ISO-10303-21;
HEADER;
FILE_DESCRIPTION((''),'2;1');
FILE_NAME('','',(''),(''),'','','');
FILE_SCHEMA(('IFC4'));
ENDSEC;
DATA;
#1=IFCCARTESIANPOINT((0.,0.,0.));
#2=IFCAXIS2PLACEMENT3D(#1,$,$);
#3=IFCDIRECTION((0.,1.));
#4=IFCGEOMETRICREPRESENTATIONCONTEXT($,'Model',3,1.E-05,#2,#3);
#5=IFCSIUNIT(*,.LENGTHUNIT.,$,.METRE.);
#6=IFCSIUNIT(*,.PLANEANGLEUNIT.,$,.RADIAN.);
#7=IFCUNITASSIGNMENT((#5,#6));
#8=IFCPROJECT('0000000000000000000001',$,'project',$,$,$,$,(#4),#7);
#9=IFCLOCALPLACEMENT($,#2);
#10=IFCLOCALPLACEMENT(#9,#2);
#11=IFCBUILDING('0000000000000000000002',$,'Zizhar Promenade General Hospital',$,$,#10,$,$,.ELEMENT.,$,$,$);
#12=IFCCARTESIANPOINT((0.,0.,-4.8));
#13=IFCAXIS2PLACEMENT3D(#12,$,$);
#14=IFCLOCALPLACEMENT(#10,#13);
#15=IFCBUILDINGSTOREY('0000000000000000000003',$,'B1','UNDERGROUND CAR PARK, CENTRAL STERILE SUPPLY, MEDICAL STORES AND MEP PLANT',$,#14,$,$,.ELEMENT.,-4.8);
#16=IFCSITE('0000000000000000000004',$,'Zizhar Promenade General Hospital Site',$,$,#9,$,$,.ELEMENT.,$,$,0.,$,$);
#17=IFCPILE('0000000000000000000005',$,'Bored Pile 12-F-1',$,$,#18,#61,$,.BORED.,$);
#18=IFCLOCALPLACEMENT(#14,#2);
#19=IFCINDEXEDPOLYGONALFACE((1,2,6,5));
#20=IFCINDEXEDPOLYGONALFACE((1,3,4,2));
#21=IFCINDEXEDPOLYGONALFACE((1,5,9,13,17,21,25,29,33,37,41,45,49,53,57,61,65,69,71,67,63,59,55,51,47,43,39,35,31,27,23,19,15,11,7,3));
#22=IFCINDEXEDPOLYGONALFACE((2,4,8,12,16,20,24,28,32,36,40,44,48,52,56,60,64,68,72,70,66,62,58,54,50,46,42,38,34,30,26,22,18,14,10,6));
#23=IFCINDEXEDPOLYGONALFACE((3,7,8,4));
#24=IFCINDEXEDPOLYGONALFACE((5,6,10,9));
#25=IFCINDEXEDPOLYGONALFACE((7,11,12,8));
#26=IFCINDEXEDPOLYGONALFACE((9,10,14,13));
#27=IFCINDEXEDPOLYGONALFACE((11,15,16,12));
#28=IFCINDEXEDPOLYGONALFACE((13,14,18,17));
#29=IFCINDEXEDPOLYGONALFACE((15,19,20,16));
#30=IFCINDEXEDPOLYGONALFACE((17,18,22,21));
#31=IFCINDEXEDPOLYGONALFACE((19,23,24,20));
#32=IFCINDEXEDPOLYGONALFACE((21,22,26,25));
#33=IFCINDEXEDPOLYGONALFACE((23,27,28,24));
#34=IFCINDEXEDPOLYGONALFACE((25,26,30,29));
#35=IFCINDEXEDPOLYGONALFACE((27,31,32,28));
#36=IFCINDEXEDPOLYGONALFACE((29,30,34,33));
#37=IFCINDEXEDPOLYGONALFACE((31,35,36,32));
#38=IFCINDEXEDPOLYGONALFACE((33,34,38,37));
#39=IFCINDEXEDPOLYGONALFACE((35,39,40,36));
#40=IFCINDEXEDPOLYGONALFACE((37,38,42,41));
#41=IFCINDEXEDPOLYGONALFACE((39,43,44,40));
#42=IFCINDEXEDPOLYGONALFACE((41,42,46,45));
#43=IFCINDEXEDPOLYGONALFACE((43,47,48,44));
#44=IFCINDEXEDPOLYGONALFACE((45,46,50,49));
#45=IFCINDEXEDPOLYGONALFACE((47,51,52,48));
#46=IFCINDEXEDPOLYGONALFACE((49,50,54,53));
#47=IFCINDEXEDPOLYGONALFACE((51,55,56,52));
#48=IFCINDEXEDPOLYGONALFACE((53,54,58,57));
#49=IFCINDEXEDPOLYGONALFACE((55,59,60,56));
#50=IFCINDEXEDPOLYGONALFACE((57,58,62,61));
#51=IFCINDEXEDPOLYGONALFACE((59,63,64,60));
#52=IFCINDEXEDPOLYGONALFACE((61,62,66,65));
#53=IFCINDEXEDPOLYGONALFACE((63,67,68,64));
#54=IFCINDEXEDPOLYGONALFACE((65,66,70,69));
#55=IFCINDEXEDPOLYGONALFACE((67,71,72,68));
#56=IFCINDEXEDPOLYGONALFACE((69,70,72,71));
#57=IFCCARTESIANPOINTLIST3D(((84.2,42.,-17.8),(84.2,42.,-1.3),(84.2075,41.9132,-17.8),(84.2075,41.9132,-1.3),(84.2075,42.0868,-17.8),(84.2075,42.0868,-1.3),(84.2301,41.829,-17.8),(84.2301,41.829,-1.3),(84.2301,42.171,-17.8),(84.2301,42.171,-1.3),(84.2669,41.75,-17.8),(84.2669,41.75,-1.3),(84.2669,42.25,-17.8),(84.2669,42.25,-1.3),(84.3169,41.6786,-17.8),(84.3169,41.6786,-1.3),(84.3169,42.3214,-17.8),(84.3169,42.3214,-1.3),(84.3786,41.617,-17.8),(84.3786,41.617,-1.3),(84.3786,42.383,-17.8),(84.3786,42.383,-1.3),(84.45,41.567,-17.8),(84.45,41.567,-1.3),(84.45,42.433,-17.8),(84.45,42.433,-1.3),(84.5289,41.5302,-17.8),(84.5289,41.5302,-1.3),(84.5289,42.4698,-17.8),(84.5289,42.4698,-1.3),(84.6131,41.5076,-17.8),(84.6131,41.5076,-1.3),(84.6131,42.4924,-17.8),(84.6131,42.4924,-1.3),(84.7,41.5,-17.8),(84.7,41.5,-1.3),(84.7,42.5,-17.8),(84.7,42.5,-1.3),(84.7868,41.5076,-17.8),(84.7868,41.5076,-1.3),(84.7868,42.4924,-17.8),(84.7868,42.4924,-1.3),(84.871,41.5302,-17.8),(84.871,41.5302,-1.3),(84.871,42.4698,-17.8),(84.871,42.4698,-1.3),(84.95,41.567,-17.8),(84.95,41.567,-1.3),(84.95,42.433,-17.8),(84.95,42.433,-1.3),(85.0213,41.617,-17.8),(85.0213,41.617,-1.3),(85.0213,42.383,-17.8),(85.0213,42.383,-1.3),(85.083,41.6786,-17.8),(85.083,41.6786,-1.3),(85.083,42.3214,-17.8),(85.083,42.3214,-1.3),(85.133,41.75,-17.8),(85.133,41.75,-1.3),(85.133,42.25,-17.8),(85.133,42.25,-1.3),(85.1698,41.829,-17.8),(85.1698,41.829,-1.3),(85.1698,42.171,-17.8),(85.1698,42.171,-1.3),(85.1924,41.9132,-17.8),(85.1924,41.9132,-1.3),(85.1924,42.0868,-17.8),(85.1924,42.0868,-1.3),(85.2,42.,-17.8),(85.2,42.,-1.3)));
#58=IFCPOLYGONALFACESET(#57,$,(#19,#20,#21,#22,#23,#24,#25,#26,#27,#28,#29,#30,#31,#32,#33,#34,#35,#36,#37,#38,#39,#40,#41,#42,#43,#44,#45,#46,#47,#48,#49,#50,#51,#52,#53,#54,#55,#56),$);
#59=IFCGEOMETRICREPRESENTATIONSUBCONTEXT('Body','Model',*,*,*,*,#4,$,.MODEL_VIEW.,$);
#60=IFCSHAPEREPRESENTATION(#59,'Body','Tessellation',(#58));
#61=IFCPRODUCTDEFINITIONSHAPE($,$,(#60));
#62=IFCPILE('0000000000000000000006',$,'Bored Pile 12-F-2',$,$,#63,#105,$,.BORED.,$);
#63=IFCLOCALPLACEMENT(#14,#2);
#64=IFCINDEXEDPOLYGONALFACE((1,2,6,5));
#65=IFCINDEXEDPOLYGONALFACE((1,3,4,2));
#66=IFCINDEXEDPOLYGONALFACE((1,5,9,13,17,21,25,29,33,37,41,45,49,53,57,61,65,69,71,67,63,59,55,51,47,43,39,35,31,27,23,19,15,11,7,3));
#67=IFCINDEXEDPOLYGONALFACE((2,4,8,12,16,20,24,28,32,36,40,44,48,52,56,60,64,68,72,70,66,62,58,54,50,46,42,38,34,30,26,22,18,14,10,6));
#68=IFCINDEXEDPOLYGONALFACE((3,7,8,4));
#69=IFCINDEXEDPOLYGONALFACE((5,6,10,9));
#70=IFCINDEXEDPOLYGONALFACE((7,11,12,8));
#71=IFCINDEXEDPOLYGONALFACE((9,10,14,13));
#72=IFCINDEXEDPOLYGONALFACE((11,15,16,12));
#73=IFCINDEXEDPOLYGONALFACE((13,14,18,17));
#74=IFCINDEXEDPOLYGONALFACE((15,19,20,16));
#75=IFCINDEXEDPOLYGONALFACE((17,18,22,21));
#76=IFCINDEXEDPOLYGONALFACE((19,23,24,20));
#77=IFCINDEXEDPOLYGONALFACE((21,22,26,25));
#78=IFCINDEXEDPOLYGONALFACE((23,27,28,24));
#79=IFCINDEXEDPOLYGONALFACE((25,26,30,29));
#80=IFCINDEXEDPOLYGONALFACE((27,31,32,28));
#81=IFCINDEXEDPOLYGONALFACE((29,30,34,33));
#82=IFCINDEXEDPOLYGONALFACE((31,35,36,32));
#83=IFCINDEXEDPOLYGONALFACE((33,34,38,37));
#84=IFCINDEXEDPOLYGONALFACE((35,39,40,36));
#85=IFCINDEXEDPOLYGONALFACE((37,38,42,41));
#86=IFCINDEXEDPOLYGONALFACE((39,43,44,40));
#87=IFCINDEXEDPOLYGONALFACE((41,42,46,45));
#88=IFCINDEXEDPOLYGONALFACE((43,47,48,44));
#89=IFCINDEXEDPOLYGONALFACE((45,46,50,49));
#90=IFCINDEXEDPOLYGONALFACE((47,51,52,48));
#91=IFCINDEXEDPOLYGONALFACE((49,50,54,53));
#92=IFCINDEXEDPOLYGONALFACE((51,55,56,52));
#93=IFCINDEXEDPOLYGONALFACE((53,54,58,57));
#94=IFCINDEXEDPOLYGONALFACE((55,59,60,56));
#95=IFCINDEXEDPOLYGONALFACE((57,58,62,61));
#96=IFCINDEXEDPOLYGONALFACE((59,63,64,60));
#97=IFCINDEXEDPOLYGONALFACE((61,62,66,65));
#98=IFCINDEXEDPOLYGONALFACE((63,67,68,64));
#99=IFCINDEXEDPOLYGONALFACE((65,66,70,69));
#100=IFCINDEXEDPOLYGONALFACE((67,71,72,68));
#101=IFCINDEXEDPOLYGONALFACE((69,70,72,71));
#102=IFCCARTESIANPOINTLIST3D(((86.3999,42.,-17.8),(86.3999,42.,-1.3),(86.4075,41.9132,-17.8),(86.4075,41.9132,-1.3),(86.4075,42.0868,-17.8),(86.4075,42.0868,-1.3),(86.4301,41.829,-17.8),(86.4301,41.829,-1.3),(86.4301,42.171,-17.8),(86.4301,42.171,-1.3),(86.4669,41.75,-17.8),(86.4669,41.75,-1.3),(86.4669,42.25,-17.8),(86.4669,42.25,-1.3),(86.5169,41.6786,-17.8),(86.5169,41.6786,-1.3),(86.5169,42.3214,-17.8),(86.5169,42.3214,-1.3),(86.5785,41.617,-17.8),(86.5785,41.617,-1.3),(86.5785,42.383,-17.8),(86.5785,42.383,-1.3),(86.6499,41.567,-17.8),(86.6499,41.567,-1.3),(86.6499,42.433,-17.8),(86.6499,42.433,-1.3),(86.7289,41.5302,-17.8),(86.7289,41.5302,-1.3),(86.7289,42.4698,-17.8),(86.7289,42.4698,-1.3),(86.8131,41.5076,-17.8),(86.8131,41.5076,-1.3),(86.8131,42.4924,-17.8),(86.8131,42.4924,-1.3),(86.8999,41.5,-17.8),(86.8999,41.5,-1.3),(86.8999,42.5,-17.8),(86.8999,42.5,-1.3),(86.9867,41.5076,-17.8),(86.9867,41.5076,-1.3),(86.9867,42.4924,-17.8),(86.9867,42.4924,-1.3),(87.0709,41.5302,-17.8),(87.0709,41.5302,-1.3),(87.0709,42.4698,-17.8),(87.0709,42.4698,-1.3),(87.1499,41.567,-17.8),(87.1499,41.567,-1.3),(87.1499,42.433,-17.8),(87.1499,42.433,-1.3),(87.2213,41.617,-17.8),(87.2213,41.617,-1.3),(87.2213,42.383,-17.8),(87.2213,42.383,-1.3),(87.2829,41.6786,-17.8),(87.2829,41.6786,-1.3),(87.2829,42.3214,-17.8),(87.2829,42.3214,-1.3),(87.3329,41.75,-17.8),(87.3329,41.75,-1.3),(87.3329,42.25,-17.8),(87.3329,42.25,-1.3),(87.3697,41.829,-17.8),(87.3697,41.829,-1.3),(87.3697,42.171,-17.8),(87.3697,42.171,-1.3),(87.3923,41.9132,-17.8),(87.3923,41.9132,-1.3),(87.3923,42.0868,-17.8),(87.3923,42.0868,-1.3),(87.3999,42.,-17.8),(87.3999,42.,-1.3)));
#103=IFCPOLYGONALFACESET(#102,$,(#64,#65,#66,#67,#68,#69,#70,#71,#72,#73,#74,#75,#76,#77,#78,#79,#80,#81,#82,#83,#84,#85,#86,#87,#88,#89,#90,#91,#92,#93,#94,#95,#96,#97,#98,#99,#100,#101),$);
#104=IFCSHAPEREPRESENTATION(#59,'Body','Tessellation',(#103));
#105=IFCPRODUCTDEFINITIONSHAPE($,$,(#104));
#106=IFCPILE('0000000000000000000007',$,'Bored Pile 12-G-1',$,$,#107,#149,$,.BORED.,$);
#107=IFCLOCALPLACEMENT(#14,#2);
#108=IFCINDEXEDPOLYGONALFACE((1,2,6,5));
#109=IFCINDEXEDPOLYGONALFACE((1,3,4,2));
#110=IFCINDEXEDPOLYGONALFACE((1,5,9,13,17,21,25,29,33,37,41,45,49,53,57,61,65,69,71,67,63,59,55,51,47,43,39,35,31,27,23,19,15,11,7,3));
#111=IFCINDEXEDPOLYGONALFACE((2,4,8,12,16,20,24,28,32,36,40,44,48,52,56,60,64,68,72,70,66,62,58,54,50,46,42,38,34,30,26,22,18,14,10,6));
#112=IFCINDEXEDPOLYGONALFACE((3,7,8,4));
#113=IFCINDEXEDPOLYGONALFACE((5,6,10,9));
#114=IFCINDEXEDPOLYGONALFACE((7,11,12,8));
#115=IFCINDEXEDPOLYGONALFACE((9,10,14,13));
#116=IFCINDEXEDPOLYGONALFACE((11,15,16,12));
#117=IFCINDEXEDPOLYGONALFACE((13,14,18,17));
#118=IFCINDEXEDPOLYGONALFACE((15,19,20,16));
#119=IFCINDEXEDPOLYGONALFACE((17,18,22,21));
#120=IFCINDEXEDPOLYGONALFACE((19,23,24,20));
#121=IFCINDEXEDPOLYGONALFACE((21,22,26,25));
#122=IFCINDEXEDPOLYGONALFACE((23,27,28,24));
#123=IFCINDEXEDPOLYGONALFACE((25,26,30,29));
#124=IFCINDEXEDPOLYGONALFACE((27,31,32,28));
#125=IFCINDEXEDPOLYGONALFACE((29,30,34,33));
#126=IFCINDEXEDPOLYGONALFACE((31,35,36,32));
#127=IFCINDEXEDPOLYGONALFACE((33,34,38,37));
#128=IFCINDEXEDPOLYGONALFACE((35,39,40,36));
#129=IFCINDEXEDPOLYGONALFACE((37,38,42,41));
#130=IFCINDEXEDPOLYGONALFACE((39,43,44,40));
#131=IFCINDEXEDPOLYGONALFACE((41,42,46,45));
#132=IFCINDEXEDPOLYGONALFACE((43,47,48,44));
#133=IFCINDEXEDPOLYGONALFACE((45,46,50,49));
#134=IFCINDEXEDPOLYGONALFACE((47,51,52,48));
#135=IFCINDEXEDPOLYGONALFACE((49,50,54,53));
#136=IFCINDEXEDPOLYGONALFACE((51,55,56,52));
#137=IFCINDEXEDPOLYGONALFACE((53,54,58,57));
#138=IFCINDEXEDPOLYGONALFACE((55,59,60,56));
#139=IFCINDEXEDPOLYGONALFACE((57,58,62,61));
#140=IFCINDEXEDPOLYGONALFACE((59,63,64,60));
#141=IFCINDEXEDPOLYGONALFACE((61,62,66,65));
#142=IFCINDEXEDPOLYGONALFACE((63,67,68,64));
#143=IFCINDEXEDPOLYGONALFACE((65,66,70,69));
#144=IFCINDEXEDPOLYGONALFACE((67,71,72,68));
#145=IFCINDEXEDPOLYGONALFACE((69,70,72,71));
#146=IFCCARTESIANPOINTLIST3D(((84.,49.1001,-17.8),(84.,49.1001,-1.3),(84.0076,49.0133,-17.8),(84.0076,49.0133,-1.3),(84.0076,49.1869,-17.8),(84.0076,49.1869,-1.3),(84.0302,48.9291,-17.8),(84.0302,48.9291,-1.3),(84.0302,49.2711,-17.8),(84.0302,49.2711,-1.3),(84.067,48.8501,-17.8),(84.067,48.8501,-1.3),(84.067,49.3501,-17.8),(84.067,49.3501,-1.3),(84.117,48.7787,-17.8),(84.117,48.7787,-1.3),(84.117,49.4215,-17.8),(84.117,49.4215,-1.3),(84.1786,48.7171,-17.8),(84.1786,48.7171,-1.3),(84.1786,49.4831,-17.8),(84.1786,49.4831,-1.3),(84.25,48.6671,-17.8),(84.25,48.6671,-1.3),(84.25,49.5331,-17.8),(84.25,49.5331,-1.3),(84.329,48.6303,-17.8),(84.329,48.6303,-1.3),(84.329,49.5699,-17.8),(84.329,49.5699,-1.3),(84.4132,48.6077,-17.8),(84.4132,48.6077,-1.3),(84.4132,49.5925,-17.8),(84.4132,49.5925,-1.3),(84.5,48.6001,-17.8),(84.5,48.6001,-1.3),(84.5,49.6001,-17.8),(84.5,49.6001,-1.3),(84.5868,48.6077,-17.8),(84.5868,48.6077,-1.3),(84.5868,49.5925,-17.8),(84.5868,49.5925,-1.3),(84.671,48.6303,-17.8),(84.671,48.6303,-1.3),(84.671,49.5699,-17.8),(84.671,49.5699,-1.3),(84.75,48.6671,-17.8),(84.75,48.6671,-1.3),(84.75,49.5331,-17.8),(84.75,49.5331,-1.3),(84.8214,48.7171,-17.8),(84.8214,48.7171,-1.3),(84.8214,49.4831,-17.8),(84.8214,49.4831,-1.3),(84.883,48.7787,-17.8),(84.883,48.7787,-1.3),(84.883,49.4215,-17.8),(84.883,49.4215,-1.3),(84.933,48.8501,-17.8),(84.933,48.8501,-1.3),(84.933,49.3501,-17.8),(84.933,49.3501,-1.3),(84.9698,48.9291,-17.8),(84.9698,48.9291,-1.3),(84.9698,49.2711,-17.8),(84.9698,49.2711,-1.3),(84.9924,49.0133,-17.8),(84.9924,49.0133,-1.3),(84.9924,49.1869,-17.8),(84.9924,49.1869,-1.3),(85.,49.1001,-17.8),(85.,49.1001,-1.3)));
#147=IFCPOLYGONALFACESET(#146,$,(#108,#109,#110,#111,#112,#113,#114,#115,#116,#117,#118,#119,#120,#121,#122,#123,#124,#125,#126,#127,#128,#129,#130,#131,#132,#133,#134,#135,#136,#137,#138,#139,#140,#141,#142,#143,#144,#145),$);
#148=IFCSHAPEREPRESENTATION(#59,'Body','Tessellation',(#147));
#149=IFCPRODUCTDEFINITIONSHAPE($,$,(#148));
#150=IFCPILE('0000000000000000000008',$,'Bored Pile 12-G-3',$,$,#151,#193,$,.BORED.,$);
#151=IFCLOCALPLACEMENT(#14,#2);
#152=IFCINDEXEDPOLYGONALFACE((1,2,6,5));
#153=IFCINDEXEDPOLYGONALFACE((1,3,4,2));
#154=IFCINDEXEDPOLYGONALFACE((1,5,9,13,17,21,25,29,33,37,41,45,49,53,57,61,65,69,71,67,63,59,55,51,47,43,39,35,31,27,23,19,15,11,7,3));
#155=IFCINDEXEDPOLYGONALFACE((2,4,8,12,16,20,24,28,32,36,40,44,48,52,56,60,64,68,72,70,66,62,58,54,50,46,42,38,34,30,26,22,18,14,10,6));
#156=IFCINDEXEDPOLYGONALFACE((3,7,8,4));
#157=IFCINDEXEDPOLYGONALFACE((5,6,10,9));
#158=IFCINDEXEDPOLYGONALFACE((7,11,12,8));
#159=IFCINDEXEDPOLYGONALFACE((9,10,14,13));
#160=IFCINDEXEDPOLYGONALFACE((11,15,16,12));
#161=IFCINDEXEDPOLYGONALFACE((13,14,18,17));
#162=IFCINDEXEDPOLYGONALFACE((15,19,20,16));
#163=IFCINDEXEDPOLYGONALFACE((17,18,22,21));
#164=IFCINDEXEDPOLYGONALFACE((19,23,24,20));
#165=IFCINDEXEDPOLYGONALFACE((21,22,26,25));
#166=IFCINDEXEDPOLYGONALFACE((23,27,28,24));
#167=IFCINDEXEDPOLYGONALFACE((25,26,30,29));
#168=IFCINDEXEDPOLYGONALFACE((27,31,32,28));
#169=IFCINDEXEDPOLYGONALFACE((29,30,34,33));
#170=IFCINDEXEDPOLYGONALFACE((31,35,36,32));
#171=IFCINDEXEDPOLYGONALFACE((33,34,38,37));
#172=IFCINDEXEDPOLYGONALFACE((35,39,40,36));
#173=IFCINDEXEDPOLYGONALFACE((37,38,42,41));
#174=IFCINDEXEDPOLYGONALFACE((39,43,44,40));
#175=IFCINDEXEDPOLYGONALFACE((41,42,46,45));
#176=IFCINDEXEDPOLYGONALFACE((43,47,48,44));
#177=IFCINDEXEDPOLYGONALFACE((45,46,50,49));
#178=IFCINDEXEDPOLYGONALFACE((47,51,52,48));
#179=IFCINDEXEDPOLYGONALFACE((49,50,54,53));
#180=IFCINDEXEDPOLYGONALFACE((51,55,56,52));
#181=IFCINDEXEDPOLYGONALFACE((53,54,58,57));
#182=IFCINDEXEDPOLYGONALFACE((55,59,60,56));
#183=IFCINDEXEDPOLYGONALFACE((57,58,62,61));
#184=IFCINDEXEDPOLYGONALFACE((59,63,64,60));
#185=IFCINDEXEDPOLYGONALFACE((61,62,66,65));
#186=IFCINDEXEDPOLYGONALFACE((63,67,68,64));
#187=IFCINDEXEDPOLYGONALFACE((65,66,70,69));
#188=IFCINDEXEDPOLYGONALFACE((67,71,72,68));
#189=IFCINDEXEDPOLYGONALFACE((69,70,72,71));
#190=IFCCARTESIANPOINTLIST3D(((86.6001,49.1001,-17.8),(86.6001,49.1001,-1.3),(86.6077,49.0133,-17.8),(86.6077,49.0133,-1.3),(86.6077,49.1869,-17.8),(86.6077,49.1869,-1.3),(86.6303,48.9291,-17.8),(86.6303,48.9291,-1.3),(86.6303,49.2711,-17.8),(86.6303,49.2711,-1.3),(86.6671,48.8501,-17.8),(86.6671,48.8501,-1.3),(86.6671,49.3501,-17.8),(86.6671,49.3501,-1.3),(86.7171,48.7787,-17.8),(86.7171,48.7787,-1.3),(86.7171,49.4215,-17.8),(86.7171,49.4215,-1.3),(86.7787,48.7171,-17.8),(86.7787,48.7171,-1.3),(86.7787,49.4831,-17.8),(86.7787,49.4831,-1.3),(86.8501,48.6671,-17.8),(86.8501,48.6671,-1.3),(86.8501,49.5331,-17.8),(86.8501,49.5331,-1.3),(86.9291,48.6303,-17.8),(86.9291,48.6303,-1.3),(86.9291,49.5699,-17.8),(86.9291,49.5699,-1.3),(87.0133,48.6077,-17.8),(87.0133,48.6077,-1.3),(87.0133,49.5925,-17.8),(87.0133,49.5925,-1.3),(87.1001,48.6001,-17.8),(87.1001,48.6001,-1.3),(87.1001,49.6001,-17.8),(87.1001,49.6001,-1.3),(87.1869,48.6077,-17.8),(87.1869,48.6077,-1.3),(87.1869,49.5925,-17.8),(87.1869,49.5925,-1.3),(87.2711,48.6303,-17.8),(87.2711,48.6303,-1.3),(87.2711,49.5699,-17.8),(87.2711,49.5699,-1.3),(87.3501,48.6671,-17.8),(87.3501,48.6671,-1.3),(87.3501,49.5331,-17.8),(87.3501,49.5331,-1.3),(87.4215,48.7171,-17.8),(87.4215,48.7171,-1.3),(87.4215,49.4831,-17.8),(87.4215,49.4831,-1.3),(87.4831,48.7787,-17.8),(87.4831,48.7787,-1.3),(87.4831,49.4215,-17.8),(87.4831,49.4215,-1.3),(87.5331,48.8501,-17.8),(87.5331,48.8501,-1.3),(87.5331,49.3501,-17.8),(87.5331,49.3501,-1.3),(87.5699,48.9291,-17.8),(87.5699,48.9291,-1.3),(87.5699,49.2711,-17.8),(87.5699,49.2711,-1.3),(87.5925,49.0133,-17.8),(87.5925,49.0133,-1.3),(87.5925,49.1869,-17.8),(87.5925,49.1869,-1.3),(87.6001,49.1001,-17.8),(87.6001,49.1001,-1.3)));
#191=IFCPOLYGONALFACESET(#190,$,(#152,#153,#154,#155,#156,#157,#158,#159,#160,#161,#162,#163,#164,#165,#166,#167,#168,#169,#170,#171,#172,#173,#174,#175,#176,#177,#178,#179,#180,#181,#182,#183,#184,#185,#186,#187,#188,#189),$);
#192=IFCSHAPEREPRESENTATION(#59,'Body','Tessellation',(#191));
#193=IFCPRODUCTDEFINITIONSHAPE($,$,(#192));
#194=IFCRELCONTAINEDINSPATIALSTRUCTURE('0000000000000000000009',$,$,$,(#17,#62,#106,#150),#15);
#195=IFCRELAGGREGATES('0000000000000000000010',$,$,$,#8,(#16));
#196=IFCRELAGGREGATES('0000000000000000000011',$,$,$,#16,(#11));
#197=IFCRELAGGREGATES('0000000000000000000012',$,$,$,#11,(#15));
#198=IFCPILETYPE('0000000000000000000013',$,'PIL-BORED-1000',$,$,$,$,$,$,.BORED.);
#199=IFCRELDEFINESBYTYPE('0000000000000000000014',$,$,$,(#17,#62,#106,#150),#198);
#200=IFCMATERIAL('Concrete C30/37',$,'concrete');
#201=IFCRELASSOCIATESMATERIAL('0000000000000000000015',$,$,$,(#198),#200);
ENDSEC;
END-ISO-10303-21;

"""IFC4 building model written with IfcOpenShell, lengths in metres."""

from ifc_helpers import new_model, si_unit, direction, frame, origin, origin_2d, place, context, subcontext, project, spatial, circle, extrude, material, material_profile, profile_set, type_object, element, save


model = new_model("IFC4")

# Units and contexts
model_context = context("Model", 3, precision=1e-05, world=origin(), true_north=direction((0.0, 1.0)))
body_context = subcontext(model_context, "Body", "Model", "MODEL_VIEW")
ifc_project = project(units=[si_unit("LENGTHUNIT", "METRE"), si_unit("PLANEANGLEUNIT", "RADIAN")], contexts=[model_context])

# Site, building, storey
site_placement = place(None, origin())
site = spatial("IfcSite", under=ifc_project, at=site_placement, Name="Zizhar Promenade General Hospital Site", CompositionType="ELEMENT", RefElevation=0.0)
building_placement = place(site_placement, origin())
building = spatial("IfcBuilding", under=site, at=building_placement, Name="Zizhar Promenade General Hospital", CompositionType="ELEMENT")
storey_placement = place(building_placement, frame((0.0, 0.0, -4.8)))
storey = spatial("IfcBuildingStorey", under=building, at=storey_placement, Name="B1", Description="UNDERGROUND CAR PARK, CENTRAL STERILE SUPPLY, MEDICAL STORES AND MEP PLANT", CompositionType="ELEMENT", Elevation=-4.8)

# Piles
ifc_material_1 = material(Name="Concrete C30/37", Category="concrete")
ifc_material_profile_1 = material_profile(ifc_material_1, circle(Radius=0.5, at=origin_2d()))
ifc_profile_set_1 = profile_set([ifc_material_profile_1], Name="Concrete C30/37")
pile_type = type_object("IfcPileType", Name="PIL-BORED-1000", PredefinedType="BORED", material=ifc_profile_set_1)
for number, where, z_axis, x_axis, name in (
    (1, (84.7, 42.0, -1.3), (0.0, 0.0, -1.0), (1.0, 0.0, 0.0), "Bored Pile 12-F-1"),
    (2, (86.8999, 42.0, -1.3), (0.0, 0.0, -1.0), (1.0, 0.0, 0.0), "Bored Pile 12-F-2"),
    (3, (84.5, 49.1001, -1.3), (0.0, 0.0, -1.0), (1.0, 0.0, 0.0), "Bored Pile 12-G-1"),
    (4, (87.1001, 49.1001, -1.3), (0.0, 0.0, -1.0), (1.0, 0.0, 0.0), "Bored Pile 12-G-3"),
):
    element("IfcPile", number, at=place(storey_placement, frame(where, z_axis=z_axis, x_axis=x_axis)), inside=storey, type_object=pile_type, Name=name, PredefinedType="BORED", context=body_context, shape_type="SweptSolid", body=[
        extrude(circle(Radius=0.5, at=origin_2d()), origin(), (0.0, 0.0, 1.0), 16.5),
    ])

save(model, "model.ifc")
